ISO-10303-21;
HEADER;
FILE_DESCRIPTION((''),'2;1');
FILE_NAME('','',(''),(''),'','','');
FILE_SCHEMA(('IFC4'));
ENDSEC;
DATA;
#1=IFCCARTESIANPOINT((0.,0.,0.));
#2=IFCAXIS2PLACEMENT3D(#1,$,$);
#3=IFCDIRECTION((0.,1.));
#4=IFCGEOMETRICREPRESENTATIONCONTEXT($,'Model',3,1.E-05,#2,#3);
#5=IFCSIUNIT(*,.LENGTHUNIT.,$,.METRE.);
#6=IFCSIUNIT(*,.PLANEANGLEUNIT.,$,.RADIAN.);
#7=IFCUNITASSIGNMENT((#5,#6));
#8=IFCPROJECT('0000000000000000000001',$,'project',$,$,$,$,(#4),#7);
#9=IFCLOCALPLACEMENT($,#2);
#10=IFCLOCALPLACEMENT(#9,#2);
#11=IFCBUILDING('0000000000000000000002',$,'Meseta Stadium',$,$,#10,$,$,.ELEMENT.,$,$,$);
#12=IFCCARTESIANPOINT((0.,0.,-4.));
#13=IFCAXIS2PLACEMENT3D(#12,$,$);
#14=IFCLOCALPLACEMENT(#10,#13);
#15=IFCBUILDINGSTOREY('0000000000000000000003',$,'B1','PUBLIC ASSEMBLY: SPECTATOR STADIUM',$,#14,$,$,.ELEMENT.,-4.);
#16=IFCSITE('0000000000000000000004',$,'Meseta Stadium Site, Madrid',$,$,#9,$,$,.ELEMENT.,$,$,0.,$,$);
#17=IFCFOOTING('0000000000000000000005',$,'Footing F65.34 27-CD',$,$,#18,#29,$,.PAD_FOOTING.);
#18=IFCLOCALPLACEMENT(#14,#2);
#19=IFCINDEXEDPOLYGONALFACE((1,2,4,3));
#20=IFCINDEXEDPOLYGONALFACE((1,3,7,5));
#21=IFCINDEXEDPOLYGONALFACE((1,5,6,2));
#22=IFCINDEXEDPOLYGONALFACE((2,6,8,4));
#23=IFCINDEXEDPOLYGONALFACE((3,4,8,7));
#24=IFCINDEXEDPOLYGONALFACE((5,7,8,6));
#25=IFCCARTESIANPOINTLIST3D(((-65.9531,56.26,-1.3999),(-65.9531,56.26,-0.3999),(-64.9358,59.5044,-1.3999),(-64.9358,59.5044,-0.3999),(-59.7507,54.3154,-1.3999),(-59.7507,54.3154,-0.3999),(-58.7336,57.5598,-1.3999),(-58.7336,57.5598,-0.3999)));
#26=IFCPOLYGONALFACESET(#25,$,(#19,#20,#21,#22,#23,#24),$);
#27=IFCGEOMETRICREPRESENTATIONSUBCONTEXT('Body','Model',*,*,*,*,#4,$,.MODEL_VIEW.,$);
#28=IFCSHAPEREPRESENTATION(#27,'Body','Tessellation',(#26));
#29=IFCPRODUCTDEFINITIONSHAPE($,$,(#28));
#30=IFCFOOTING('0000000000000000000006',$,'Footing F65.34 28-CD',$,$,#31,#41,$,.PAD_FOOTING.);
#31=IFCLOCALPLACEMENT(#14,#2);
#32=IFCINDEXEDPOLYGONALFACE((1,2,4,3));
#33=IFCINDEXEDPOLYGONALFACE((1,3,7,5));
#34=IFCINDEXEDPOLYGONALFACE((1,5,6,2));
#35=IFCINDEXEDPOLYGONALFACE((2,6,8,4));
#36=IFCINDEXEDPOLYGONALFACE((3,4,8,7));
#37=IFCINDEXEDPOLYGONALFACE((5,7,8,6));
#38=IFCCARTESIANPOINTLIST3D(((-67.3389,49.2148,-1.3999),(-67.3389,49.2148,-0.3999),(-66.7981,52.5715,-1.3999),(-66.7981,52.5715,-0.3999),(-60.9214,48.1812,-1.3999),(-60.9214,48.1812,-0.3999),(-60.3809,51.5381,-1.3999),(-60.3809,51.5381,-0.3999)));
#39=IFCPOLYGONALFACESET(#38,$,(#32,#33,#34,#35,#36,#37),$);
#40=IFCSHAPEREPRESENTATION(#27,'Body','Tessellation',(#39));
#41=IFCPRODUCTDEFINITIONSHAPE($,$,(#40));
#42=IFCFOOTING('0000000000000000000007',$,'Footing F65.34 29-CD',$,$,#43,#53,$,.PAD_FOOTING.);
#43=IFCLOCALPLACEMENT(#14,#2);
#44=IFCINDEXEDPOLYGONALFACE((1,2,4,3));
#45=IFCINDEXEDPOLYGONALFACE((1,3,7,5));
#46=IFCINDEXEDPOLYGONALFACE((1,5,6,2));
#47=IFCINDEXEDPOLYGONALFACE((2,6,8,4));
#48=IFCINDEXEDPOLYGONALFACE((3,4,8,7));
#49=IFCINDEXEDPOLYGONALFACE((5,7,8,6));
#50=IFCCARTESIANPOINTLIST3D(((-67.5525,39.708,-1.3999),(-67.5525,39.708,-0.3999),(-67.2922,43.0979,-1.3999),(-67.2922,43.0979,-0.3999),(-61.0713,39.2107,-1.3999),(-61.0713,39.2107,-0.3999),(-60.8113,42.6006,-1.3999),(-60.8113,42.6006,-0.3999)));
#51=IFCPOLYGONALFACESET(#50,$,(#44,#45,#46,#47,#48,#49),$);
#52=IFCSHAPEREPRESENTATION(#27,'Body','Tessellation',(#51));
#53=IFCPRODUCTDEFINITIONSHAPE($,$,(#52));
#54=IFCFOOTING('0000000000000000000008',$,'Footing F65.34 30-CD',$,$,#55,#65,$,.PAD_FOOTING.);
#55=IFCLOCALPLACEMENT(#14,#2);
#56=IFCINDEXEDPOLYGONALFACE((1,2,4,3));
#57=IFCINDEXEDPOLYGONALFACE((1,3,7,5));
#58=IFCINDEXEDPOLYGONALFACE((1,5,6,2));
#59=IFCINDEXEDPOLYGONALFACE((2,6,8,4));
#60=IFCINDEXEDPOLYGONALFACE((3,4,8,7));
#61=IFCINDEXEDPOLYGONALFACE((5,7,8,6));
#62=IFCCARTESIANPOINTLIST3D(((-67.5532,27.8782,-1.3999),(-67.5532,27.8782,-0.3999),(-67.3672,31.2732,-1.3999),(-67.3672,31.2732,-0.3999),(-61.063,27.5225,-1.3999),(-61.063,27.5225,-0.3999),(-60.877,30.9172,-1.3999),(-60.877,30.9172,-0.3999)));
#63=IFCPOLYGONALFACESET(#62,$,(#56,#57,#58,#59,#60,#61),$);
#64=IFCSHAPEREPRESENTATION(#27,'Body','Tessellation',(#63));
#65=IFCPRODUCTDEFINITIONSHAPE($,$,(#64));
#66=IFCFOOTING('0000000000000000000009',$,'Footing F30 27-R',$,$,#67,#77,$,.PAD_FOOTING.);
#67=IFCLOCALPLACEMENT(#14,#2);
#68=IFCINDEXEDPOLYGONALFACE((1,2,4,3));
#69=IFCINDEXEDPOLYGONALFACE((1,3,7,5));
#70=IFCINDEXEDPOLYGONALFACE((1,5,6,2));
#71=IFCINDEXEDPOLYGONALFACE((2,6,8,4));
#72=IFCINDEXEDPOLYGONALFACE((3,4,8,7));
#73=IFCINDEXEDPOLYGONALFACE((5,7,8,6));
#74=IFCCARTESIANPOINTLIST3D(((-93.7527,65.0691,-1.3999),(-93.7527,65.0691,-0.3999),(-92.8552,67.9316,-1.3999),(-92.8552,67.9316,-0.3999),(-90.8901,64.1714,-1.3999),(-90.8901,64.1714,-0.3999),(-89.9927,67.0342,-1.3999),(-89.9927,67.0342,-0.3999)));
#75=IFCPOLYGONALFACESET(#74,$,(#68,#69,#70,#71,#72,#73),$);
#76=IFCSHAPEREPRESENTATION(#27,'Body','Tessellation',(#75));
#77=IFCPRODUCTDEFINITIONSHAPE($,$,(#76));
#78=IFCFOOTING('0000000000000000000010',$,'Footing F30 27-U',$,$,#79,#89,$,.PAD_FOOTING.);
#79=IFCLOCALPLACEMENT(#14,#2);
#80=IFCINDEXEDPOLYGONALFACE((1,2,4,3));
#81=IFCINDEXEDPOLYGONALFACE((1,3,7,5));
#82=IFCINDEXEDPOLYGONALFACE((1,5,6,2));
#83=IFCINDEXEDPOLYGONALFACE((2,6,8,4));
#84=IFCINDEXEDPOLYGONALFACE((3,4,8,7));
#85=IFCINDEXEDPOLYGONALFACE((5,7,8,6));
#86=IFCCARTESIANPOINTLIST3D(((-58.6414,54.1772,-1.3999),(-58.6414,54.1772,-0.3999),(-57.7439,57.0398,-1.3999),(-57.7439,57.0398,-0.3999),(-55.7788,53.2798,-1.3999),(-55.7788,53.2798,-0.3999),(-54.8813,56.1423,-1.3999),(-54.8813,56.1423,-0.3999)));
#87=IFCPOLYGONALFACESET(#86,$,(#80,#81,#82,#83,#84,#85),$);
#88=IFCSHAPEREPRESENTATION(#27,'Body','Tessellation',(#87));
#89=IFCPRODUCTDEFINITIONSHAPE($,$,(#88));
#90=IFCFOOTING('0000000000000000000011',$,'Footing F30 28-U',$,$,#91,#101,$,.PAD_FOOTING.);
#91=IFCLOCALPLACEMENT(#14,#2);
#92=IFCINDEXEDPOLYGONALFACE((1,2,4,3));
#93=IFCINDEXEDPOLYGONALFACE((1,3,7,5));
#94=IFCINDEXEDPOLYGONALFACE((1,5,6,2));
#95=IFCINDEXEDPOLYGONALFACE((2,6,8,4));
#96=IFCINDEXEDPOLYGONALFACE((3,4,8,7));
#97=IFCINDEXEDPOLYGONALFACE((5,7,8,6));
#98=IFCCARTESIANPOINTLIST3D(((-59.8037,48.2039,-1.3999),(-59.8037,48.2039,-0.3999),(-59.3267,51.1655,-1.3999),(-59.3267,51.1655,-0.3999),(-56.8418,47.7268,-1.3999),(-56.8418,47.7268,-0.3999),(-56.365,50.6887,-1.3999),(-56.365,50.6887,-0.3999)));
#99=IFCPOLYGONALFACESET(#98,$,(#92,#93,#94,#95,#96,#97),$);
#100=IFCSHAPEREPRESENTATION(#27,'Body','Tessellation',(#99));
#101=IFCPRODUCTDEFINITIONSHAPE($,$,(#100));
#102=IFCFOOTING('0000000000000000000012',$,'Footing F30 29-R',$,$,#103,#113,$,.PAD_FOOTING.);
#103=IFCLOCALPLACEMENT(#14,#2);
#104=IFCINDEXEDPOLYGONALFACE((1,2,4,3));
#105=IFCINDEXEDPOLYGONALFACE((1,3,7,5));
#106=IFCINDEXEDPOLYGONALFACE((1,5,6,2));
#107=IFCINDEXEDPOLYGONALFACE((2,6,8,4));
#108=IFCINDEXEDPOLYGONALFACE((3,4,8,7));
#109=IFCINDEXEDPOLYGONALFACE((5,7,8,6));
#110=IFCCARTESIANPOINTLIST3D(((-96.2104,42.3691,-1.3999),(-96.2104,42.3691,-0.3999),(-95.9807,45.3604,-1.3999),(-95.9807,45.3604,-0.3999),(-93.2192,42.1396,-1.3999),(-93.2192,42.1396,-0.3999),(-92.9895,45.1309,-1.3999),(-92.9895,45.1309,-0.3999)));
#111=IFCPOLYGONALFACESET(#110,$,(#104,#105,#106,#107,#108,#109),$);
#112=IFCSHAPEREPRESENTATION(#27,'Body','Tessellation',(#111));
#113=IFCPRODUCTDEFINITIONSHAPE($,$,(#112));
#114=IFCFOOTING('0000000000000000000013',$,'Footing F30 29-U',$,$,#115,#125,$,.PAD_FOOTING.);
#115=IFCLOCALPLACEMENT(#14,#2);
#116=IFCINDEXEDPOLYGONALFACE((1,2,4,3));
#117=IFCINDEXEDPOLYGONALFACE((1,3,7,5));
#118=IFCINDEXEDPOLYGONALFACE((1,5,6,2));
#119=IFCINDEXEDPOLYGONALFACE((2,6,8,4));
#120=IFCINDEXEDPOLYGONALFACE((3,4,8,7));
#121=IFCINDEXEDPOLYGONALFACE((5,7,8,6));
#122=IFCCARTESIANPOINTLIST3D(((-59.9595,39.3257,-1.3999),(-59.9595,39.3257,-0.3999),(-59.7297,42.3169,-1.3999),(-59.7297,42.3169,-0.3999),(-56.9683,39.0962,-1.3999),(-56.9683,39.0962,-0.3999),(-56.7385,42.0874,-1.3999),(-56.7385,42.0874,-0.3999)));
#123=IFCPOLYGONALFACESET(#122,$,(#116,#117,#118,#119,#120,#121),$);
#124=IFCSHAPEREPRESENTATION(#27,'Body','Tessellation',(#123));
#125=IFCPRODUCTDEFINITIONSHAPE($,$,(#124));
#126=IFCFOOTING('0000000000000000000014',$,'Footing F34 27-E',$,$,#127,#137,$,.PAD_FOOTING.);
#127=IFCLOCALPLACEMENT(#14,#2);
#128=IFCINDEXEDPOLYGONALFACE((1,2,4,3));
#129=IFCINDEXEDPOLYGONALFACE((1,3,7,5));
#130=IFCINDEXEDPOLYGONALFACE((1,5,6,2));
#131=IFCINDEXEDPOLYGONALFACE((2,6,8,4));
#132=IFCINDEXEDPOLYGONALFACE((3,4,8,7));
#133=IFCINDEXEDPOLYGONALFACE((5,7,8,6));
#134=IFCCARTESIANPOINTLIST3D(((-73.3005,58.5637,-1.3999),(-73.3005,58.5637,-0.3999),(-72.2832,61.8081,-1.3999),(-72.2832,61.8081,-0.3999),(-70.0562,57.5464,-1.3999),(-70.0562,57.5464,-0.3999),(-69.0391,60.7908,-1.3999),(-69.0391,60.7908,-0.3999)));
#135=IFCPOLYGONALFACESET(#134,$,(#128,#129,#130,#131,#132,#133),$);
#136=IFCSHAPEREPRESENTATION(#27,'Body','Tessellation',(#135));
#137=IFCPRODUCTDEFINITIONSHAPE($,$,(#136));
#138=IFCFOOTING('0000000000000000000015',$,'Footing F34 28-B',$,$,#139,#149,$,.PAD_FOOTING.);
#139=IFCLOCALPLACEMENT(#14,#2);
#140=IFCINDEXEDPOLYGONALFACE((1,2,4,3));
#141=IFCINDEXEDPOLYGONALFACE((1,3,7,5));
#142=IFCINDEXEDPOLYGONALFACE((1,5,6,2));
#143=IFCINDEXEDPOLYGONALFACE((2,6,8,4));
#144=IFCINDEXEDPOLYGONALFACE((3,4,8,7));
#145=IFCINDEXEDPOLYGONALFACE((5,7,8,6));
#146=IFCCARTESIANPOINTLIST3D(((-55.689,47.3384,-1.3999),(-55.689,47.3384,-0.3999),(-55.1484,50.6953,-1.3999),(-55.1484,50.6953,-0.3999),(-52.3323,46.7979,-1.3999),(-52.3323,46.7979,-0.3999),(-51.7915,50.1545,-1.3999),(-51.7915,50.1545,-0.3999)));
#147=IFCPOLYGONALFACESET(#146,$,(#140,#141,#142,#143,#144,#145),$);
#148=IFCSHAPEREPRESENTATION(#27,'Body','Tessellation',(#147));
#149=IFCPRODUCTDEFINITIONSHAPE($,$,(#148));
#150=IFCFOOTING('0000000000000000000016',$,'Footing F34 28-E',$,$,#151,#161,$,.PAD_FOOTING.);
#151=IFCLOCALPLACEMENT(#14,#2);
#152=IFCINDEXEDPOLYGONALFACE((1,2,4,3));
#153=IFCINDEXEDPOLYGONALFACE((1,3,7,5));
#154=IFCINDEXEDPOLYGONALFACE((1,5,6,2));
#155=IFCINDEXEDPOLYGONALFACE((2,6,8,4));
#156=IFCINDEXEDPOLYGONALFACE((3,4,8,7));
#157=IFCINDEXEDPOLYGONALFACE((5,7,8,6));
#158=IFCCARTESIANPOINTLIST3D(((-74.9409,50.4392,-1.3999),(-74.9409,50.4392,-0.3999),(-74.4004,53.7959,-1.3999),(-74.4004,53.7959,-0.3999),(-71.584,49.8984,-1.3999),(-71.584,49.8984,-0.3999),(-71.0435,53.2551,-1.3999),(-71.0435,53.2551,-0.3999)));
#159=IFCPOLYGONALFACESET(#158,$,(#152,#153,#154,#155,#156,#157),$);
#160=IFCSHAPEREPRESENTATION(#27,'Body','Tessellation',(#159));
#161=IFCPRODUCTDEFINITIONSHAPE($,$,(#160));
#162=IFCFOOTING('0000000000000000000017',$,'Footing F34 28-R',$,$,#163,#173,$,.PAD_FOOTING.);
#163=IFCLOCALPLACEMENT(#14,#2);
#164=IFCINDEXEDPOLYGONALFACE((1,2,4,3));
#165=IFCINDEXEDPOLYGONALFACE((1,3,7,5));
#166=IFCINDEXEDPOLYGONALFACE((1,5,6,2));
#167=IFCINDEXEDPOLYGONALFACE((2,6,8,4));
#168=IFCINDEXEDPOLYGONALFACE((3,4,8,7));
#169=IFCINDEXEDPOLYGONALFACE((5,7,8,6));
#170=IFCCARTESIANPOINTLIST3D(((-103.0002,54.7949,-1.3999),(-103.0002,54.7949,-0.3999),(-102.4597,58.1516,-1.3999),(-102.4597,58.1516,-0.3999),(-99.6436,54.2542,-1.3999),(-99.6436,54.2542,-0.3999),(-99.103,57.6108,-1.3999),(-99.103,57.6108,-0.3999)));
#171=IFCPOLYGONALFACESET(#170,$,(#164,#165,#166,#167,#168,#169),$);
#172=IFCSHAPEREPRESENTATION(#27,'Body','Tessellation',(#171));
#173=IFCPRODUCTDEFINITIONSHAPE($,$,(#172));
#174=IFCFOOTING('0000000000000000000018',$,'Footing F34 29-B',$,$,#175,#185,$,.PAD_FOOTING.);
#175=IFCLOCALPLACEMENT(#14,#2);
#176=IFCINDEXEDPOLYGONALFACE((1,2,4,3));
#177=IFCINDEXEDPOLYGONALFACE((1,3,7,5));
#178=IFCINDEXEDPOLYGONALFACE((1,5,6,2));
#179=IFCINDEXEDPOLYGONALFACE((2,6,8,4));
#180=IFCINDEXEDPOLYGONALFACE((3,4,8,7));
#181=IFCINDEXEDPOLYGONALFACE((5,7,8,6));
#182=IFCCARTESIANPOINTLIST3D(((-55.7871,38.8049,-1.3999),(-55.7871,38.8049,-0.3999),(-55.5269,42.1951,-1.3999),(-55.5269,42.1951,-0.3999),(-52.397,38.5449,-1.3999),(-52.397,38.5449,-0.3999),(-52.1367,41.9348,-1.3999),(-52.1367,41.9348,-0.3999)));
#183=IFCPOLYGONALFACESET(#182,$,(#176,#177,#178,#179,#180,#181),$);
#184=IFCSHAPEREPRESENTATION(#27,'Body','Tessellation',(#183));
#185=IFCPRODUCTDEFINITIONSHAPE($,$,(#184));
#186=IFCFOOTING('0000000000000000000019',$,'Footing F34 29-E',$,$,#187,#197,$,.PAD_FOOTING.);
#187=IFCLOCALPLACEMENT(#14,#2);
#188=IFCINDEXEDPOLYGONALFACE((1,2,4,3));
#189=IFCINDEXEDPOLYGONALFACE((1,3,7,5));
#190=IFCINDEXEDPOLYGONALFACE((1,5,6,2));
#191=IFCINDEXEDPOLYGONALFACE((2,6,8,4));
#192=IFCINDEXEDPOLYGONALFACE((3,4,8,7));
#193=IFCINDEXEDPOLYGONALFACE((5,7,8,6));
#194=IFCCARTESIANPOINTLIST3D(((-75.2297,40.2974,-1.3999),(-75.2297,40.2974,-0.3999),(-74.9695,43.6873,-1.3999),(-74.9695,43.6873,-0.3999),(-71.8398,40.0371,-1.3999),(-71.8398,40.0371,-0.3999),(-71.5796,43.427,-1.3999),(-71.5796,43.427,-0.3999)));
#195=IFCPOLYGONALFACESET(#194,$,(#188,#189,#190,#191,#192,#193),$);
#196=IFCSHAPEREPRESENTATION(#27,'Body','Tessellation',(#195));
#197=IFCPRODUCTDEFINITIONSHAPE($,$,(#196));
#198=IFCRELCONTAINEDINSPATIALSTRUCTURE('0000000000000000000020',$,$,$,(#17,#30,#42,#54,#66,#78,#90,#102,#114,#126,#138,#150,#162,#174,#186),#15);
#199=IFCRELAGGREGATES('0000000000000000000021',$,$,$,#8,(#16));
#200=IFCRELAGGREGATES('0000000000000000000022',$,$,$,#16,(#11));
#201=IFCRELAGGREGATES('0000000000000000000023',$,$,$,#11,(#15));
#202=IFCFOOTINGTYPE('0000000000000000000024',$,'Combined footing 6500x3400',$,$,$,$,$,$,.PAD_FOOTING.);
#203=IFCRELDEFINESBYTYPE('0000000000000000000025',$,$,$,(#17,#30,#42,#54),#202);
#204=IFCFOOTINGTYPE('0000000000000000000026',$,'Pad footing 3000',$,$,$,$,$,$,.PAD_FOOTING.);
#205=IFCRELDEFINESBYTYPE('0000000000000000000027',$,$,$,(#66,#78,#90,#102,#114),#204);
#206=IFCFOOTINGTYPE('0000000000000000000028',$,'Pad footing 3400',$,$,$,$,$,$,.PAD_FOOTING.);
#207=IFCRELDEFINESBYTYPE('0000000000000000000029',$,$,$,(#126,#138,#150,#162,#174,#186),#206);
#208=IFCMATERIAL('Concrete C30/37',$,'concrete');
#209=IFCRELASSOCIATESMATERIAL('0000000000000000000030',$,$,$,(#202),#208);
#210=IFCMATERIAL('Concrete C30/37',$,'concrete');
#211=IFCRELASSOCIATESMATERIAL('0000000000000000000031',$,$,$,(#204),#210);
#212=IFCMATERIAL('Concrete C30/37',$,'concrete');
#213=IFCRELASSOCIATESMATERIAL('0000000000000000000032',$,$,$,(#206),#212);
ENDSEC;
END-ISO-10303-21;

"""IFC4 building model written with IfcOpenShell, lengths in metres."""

from ifc_helpers import new_model, si_unit, direction, frame, origin, place, context, subcontext, project, spatial, polyline, outline, extrude, material, type_object, element, save


model = new_model("IFC4")

# Units and contexts
model_context = context("Model", 3, precision=1e-05, world=origin(), true_north=direction((0.0, 1.0)))
body_context = subcontext(model_context, "Body", "Model", "MODEL_VIEW")
ifc_project = project(units=[si_unit("LENGTHUNIT", "METRE"), si_unit("PLANEANGLEUNIT", "RADIAN")], contexts=[model_context])

# Site, building, storey
site_placement = place(None, origin())
site = spatial("IfcSite", under=ifc_project, at=site_placement, Name="Meseta Stadium Site, Madrid", CompositionType="ELEMENT", RefElevation=0.0)
building_placement = place(site_placement, origin())
building = spatial("IfcBuilding", under=site, at=building_placement, Name="Meseta Stadium", CompositionType="ELEMENT")
storey_placement = place(building_placement, frame((0.0, 0.0, -4.0)))
storey = spatial("IfcBuildingStorey", under=building, at=storey_placement, Name="B1", Description="PUBLIC ASSEMBLY: SPECTATOR STADIUM", CompositionType="ELEMENT", Elevation=-4.0)

# Footings
ifc_material_1 = material(Name="Concrete C30/37", Category="concrete")
footing_type_1 = type_object("IfcFootingType", Name="Combined footing 6500x3400", PredefinedType="PAD_FOOTING", material=ifc_material_1)
footing_1_placement = place(storey_placement, frame((0.0, 0.0, -1.3999)))
element("IfcFooting", 1, at=footing_1_placement, inside=storey, type_object=footing_type_1, Name="Footing F65.34 27-CD", PredefinedType="PAD_FOOTING", context=body_context, shape_type="SweptSolid", body=[
    extrude(outline(polyline([(-58.7336, 57.5598), (-64.9358, 59.5044), (-65.9531, 56.26), (-59.7507, 54.3154), (-58.7336, 57.5598)])), origin(), (0.0, 0.0, 1.0), 1.0),
])
footing_2_placement = place(storey_placement, frame((0.0, 0.0, -1.3999)))
element("IfcFooting", 2, at=footing_2_placement, inside=storey, type_object=footing_type_1, Name="Footing F65.34 28-CD", PredefinedType="PAD_FOOTING", context=body_context, shape_type="SweptSolid", body=[
    extrude(outline(polyline([(-60.3809, 51.5381), (-66.7981, 52.5715), (-67.3389, 49.2148), (-60.9214, 48.1812), (-60.3809, 51.5381)])), origin(), (0.0, 0.0, 1.0), 1.0),
])
footing_3_placement = place(storey_placement, frame((0.0, 0.0, -1.3999)))
element("IfcFooting", 3, at=footing_3_placement, inside=storey, type_object=footing_type_1, Name="Footing F65.34 29-CD", PredefinedType="PAD_FOOTING", context=body_context, shape_type="SweptSolid", body=[
    extrude(outline(polyline([(-60.8113, 42.6006), (-67.2922, 43.0979), (-67.5525, 39.708), (-61.0713, 39.2107), (-60.8113, 42.6006)])), origin(), (0.0, 0.0, 1.0), 1.0),
])
footing_4_placement = place(storey_placement, frame((0.0, 0.0, -1.3999)))
element("IfcFooting", 4, at=footing_4_placement, inside=storey, type_object=footing_type_1, Name="Footing F65.34 30-CD", PredefinedType="PAD_FOOTING", context=body_context, shape_type="SweptSolid", body=[
    extrude(outline(polyline([(-60.877, 30.9172), (-67.3672, 31.2732), (-67.5532, 27.8782), (-61.063, 27.5225), (-60.877, 30.9172)])), origin(), (0.0, 0.0, 1.0), 1.0),
])
ifc_material_2 = material(Name="Concrete C30/37", Category="concrete")
footing_type_2 = type_object("IfcFootingType", Name="Pad footing 3000", PredefinedType="PAD_FOOTING", material=ifc_material_2)
footing_5_placement = place(storey_placement, frame((0.0, 0.0, -1.3999)))
element("IfcFooting", 5, at=footing_5_placement, inside=storey, type_object=footing_type_2, Name="Footing F30 27-R", PredefinedType="PAD_FOOTING", context=body_context, shape_type="SweptSolid", body=[
    extrude(outline(polyline([(-89.9927, 67.0342), (-92.8552, 67.9316), (-93.7527, 65.0691), (-90.8901, 64.1714), (-89.9927, 67.0342)])), origin(), (0.0, 0.0, 1.0), 1.0),
])
footing_6_placement = place(storey_placement, frame((0.0, 0.0, -1.3999)))
element("IfcFooting", 6, at=footing_6_placement, inside=storey, type_object=footing_type_2, Name="Footing F30 27-U", PredefinedType="PAD_FOOTING", context=body_context, shape_type="SweptSolid", body=[
    extrude(outline(polyline([(-54.8813, 56.1423), (-57.7439, 57.0398), (-58.6414, 54.1772), (-55.7788, 53.2798), (-54.8813, 56.1423)])), origin(), (0.0, 0.0, 1.0), 1.0),
])
footing_7_placement = place(storey_placement, frame((0.0, 0.0, -1.3999)))
element("IfcFooting", 7, at=footing_7_placement, inside=storey, type_object=footing_type_2, Name="Footing F30 28-U", PredefinedType="PAD_FOOTING", context=body_context, shape_type="SweptSolid", body=[
    extrude(outline(polyline([(-56.365, 50.6887), (-59.3267, 51.1655), (-59.8037, 48.2039), (-56.8418, 47.7268), (-56.365, 50.6887)])), origin(), (0.0, 0.0, 1.0), 1.0),
])
footing_8_placement = place(storey_placement, frame((0.0, 0.0, -1.3999)))
element("IfcFooting", 8, at=footing_8_placement, inside=storey, type_object=footing_type_2, Name="Footing F30 29-R", PredefinedType="PAD_FOOTING", context=body_context, shape_type="SweptSolid", body=[
    extrude(outline(polyline([(-92.9895, 45.1309), (-95.9807, 45.3604), (-96.2104, 42.3691), (-93.2192, 42.1396), (-92.9895, 45.1309)])), origin(), (0.0, 0.0, 1.0), 1.0),
])
footing_9_placement = place(storey_placement, frame((0.0, 0.0, -1.3999)))
element("IfcFooting", 9, at=footing_9_placement, inside=storey, type_object=footing_type_2, Name="Footing F30 29-U", PredefinedType="PAD_FOOTING", context=body_context, shape_type="SweptSolid", body=[
    extrude(outline(polyline([(-56.7385, 42.0874), (-59.7297, 42.3169), (-59.9595, 39.3257), (-56.9683, 39.0962), (-56.7385, 42.0874)])), origin(), (0.0, 0.0, 1.0), 1.0),
])
ifc_material_3 = material(Name="Concrete C30/37", Category="concrete")
footing_type_3 = type_object("IfcFootingType", Name="Pad footing 3400", PredefinedType="PAD_FOOTING", material=ifc_material_3)
footing_10_placement = place(storey_placement, frame((0.0, 0.0, -1.3999)))
element("IfcFooting", 10, at=footing_10_placement, inside=storey, type_object=footing_type_3, Name="Footing F34 27-E", PredefinedType="PAD_FOOTING", context=body_context, shape_type="SweptSolid", body=[
    extrude(outline(polyline([(-69.0391, 60.7908), (-72.2832, 61.8081), (-73.3005, 58.5637), (-70.0562, 57.5464), (-69.0391, 60.7908)])), origin(), (0.0, 0.0, 1.0), 1.0),
])
footing_11_placement = place(storey_placement, frame((0.0, 0.0, -1.3999)))
element("IfcFooting", 11, at=footing_11_placement, inside=storey, type_object=footing_type_3, Name="Footing F34 28-B", PredefinedType="PAD_FOOTING", context=body_context, shape_type="SweptSolid", body=[
    extrude(outline(polyline([(-51.7915, 50.1545), (-55.1484, 50.6953), (-55.689, 47.3384), (-52.3323, 46.7979), (-51.7915, 50.1545)])), origin(), (0.0, 0.0, 1.0), 1.0),
])
footing_12_placement = place(storey_placement, frame((0.0, 0.0, -1.3999)))
element("IfcFooting", 12, at=footing_12_placement, inside=storey, type_object=footing_type_3, Name="Footing F34 28-E", PredefinedType="PAD_FOOTING", context=body_context, shape_type="SweptSolid", body=[
    extrude(outline(polyline([(-71.0435, 53.2551), (-74.4004, 53.7959), (-74.9409, 50.4392), (-71.584, 49.8984), (-71.0435, 53.2551)])), origin(), (0.0, 0.0, 1.0), 1.0),
])
footing_13_placement = place(storey_placement, frame((0.0, 0.0, -1.3999)))
element("IfcFooting", 13, at=footing_13_placement, inside=storey, type_object=footing_type_3, Name="Footing F34 28-R", PredefinedType="PAD_FOOTING", context=body_context, shape_type="SweptSolid", body=[
    extrude(outline(polyline([(-99.103, 57.6108), (-102.4597, 58.1516), (-103.0002, 54.7949), (-99.6436, 54.2542), (-99.103, 57.6108)])), origin(), (0.0, 0.0, 1.0), 1.0),
])
footing_14_placement = place(storey_placement, frame((0.0, 0.0, -1.3999)))
element("IfcFooting", 14, at=footing_14_placement, inside=storey, type_object=footing_type_3, Name="Footing F34 29-B", PredefinedType="PAD_FOOTING", context=body_context, shape_type="SweptSolid", body=[
    extrude(outline(polyline([(-52.1367, 41.9348), (-55.5269, 42.1951), (-55.7871, 38.8049), (-52.397, 38.5449), (-52.1367, 41.9348)])), origin(), (0.0, 0.0, 1.0), 1.0),
])
footing_15_placement = place(storey_placement, frame((0.0, 0.0, -1.3999)))
element("IfcFooting", 15, at=footing_15_placement, inside=storey, type_object=footing_type_3, Name="Footing F34 29-E", PredefinedType="PAD_FOOTING", context=body_context, shape_type="SweptSolid", body=[
    extrude(outline(polyline([(-71.5796, 43.427), (-74.9695, 43.6873), (-75.2297, 40.2974), (-71.8398, 40.0371), (-71.5796, 43.427)])), origin(), (0.0, 0.0, 1.0), 1.0),
])

save(model, "model.ifc")
